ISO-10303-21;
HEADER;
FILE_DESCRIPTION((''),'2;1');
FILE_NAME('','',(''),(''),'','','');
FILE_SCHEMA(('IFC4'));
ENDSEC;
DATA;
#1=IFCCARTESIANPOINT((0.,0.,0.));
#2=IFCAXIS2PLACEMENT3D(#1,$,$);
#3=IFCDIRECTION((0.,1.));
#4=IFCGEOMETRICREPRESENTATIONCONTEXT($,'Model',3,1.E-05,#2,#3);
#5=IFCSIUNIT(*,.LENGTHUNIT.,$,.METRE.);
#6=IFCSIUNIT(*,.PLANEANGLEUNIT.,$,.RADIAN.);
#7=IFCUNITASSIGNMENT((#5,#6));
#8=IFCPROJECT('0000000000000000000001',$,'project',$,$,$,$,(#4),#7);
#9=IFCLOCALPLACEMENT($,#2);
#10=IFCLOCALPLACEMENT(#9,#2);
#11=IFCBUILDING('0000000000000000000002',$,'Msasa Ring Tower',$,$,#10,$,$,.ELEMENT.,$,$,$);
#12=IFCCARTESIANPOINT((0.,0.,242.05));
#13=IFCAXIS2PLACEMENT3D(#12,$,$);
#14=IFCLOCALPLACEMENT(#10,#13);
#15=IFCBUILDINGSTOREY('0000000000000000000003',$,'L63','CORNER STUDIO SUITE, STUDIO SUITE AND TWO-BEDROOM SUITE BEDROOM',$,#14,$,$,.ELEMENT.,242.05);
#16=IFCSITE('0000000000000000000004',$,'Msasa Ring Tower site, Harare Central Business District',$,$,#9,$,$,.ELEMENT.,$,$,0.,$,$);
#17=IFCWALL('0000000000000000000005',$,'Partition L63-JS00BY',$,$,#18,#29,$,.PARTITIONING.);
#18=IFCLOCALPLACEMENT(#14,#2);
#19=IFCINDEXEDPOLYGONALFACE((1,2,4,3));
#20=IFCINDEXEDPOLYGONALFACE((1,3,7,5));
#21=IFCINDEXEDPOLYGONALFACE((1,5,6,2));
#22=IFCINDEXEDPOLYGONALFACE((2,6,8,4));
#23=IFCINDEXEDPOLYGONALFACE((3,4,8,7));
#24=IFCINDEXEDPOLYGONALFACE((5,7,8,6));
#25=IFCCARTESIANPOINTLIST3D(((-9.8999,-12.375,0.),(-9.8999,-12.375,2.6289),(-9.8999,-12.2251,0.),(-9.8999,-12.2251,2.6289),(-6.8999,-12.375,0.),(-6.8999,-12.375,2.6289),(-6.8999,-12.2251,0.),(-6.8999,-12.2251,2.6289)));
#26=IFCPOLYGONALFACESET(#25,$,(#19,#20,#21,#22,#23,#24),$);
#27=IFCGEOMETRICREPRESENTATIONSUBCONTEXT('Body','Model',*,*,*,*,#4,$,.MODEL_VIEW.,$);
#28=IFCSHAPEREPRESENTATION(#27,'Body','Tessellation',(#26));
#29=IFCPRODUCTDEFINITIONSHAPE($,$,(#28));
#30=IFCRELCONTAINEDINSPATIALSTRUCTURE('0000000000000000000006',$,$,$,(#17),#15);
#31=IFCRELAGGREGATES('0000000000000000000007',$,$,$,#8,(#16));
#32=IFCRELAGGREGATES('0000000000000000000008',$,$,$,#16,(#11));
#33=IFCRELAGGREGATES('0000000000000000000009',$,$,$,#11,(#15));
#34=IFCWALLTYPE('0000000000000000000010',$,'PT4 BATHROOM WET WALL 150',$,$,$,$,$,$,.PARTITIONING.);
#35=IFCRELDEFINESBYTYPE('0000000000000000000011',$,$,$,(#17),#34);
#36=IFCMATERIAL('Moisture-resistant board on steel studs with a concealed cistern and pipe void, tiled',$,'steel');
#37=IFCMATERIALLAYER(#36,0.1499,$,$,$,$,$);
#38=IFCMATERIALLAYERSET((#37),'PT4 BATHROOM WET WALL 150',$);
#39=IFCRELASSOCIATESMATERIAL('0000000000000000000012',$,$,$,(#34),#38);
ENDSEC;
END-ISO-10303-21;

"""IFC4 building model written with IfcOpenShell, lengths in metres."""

from ifc_helpers import new_model, si_unit, direction, frame, frame_2d, origin, place, context, subcontext, project, spatial, rectangle, extrude, material, layer, layer_set, type_object, element, save


model = new_model("IFC4")

# Units and contexts
model_context = context("Model", 3, precision=1e-05, world=origin(), true_north=direction((0.0, 1.0)))
body_context = subcontext(model_context, "Body", "Model", "MODEL_VIEW")
ifc_project = project(units=[si_unit("LENGTHUNIT", "METRE"), si_unit("PLANEANGLEUNIT", "RADIAN")], contexts=[model_context])

# Site, building, storey
site_placement = place(None, origin())
site = spatial("IfcSite", under=ifc_project, at=site_placement, Name="Msasa Ring Tower site, Harare Central Business District", CompositionType="ELEMENT", RefElevation=0.0)
building_placement = place(site_placement, origin())
building = spatial("IfcBuilding", under=site, at=building_placement, Name="Msasa Ring Tower", CompositionType="ELEMENT")
storey_placement = place(building_placement, frame((0.0, 0.0, 242.05)))
storey = spatial("IfcBuildingStorey", under=building, at=storey_placement, Name="L63", Description="CORNER STUDIO SUITE, STUDIO SUITE AND TWO-BEDROOM SUITE BEDROOM", CompositionType="ELEMENT", Elevation=242.05)

# Shared definitions
ifc_material_1 = material(Name="Moisture-resistant board on steel studs with a concealed cistern and pipe void, tiled", Category="steel")
ifc_layer_1 = layer(ifc_material_1, 0.1499)
ifc_layer_set_1 = layer_set([ifc_layer_1], Name="PT4 BATHROOM WET WALL 150")
wall_type_1 = type_object("IfcWallType", Name="PT4 BATHROOM WET WALL 150", PredefinedType="PARTITIONING", material=ifc_layer_set_1)

# Wall
wall_1_placement = place(storey_placement, frame((-9.8999, -12.3, 0.0), z_axis=(0.0, 0.0, 1.0), x_axis=(1.0, 0.0, 0.0)))
element("IfcWall", 1, at=wall_1_placement, inside=storey, type_object=wall_type_1, Name="Partition L63-JS00BY", PredefinedType="PARTITIONING", context=body_context, shape_type="SweptSolid", body=[
    extrude(rectangle(XDim=3.0, YDim=0.1499, at=frame_2d((1.5, 0.0))), origin(), (0.0, 0.0, 1.0), 2.6289),
])

save(model, "model.ifc")
